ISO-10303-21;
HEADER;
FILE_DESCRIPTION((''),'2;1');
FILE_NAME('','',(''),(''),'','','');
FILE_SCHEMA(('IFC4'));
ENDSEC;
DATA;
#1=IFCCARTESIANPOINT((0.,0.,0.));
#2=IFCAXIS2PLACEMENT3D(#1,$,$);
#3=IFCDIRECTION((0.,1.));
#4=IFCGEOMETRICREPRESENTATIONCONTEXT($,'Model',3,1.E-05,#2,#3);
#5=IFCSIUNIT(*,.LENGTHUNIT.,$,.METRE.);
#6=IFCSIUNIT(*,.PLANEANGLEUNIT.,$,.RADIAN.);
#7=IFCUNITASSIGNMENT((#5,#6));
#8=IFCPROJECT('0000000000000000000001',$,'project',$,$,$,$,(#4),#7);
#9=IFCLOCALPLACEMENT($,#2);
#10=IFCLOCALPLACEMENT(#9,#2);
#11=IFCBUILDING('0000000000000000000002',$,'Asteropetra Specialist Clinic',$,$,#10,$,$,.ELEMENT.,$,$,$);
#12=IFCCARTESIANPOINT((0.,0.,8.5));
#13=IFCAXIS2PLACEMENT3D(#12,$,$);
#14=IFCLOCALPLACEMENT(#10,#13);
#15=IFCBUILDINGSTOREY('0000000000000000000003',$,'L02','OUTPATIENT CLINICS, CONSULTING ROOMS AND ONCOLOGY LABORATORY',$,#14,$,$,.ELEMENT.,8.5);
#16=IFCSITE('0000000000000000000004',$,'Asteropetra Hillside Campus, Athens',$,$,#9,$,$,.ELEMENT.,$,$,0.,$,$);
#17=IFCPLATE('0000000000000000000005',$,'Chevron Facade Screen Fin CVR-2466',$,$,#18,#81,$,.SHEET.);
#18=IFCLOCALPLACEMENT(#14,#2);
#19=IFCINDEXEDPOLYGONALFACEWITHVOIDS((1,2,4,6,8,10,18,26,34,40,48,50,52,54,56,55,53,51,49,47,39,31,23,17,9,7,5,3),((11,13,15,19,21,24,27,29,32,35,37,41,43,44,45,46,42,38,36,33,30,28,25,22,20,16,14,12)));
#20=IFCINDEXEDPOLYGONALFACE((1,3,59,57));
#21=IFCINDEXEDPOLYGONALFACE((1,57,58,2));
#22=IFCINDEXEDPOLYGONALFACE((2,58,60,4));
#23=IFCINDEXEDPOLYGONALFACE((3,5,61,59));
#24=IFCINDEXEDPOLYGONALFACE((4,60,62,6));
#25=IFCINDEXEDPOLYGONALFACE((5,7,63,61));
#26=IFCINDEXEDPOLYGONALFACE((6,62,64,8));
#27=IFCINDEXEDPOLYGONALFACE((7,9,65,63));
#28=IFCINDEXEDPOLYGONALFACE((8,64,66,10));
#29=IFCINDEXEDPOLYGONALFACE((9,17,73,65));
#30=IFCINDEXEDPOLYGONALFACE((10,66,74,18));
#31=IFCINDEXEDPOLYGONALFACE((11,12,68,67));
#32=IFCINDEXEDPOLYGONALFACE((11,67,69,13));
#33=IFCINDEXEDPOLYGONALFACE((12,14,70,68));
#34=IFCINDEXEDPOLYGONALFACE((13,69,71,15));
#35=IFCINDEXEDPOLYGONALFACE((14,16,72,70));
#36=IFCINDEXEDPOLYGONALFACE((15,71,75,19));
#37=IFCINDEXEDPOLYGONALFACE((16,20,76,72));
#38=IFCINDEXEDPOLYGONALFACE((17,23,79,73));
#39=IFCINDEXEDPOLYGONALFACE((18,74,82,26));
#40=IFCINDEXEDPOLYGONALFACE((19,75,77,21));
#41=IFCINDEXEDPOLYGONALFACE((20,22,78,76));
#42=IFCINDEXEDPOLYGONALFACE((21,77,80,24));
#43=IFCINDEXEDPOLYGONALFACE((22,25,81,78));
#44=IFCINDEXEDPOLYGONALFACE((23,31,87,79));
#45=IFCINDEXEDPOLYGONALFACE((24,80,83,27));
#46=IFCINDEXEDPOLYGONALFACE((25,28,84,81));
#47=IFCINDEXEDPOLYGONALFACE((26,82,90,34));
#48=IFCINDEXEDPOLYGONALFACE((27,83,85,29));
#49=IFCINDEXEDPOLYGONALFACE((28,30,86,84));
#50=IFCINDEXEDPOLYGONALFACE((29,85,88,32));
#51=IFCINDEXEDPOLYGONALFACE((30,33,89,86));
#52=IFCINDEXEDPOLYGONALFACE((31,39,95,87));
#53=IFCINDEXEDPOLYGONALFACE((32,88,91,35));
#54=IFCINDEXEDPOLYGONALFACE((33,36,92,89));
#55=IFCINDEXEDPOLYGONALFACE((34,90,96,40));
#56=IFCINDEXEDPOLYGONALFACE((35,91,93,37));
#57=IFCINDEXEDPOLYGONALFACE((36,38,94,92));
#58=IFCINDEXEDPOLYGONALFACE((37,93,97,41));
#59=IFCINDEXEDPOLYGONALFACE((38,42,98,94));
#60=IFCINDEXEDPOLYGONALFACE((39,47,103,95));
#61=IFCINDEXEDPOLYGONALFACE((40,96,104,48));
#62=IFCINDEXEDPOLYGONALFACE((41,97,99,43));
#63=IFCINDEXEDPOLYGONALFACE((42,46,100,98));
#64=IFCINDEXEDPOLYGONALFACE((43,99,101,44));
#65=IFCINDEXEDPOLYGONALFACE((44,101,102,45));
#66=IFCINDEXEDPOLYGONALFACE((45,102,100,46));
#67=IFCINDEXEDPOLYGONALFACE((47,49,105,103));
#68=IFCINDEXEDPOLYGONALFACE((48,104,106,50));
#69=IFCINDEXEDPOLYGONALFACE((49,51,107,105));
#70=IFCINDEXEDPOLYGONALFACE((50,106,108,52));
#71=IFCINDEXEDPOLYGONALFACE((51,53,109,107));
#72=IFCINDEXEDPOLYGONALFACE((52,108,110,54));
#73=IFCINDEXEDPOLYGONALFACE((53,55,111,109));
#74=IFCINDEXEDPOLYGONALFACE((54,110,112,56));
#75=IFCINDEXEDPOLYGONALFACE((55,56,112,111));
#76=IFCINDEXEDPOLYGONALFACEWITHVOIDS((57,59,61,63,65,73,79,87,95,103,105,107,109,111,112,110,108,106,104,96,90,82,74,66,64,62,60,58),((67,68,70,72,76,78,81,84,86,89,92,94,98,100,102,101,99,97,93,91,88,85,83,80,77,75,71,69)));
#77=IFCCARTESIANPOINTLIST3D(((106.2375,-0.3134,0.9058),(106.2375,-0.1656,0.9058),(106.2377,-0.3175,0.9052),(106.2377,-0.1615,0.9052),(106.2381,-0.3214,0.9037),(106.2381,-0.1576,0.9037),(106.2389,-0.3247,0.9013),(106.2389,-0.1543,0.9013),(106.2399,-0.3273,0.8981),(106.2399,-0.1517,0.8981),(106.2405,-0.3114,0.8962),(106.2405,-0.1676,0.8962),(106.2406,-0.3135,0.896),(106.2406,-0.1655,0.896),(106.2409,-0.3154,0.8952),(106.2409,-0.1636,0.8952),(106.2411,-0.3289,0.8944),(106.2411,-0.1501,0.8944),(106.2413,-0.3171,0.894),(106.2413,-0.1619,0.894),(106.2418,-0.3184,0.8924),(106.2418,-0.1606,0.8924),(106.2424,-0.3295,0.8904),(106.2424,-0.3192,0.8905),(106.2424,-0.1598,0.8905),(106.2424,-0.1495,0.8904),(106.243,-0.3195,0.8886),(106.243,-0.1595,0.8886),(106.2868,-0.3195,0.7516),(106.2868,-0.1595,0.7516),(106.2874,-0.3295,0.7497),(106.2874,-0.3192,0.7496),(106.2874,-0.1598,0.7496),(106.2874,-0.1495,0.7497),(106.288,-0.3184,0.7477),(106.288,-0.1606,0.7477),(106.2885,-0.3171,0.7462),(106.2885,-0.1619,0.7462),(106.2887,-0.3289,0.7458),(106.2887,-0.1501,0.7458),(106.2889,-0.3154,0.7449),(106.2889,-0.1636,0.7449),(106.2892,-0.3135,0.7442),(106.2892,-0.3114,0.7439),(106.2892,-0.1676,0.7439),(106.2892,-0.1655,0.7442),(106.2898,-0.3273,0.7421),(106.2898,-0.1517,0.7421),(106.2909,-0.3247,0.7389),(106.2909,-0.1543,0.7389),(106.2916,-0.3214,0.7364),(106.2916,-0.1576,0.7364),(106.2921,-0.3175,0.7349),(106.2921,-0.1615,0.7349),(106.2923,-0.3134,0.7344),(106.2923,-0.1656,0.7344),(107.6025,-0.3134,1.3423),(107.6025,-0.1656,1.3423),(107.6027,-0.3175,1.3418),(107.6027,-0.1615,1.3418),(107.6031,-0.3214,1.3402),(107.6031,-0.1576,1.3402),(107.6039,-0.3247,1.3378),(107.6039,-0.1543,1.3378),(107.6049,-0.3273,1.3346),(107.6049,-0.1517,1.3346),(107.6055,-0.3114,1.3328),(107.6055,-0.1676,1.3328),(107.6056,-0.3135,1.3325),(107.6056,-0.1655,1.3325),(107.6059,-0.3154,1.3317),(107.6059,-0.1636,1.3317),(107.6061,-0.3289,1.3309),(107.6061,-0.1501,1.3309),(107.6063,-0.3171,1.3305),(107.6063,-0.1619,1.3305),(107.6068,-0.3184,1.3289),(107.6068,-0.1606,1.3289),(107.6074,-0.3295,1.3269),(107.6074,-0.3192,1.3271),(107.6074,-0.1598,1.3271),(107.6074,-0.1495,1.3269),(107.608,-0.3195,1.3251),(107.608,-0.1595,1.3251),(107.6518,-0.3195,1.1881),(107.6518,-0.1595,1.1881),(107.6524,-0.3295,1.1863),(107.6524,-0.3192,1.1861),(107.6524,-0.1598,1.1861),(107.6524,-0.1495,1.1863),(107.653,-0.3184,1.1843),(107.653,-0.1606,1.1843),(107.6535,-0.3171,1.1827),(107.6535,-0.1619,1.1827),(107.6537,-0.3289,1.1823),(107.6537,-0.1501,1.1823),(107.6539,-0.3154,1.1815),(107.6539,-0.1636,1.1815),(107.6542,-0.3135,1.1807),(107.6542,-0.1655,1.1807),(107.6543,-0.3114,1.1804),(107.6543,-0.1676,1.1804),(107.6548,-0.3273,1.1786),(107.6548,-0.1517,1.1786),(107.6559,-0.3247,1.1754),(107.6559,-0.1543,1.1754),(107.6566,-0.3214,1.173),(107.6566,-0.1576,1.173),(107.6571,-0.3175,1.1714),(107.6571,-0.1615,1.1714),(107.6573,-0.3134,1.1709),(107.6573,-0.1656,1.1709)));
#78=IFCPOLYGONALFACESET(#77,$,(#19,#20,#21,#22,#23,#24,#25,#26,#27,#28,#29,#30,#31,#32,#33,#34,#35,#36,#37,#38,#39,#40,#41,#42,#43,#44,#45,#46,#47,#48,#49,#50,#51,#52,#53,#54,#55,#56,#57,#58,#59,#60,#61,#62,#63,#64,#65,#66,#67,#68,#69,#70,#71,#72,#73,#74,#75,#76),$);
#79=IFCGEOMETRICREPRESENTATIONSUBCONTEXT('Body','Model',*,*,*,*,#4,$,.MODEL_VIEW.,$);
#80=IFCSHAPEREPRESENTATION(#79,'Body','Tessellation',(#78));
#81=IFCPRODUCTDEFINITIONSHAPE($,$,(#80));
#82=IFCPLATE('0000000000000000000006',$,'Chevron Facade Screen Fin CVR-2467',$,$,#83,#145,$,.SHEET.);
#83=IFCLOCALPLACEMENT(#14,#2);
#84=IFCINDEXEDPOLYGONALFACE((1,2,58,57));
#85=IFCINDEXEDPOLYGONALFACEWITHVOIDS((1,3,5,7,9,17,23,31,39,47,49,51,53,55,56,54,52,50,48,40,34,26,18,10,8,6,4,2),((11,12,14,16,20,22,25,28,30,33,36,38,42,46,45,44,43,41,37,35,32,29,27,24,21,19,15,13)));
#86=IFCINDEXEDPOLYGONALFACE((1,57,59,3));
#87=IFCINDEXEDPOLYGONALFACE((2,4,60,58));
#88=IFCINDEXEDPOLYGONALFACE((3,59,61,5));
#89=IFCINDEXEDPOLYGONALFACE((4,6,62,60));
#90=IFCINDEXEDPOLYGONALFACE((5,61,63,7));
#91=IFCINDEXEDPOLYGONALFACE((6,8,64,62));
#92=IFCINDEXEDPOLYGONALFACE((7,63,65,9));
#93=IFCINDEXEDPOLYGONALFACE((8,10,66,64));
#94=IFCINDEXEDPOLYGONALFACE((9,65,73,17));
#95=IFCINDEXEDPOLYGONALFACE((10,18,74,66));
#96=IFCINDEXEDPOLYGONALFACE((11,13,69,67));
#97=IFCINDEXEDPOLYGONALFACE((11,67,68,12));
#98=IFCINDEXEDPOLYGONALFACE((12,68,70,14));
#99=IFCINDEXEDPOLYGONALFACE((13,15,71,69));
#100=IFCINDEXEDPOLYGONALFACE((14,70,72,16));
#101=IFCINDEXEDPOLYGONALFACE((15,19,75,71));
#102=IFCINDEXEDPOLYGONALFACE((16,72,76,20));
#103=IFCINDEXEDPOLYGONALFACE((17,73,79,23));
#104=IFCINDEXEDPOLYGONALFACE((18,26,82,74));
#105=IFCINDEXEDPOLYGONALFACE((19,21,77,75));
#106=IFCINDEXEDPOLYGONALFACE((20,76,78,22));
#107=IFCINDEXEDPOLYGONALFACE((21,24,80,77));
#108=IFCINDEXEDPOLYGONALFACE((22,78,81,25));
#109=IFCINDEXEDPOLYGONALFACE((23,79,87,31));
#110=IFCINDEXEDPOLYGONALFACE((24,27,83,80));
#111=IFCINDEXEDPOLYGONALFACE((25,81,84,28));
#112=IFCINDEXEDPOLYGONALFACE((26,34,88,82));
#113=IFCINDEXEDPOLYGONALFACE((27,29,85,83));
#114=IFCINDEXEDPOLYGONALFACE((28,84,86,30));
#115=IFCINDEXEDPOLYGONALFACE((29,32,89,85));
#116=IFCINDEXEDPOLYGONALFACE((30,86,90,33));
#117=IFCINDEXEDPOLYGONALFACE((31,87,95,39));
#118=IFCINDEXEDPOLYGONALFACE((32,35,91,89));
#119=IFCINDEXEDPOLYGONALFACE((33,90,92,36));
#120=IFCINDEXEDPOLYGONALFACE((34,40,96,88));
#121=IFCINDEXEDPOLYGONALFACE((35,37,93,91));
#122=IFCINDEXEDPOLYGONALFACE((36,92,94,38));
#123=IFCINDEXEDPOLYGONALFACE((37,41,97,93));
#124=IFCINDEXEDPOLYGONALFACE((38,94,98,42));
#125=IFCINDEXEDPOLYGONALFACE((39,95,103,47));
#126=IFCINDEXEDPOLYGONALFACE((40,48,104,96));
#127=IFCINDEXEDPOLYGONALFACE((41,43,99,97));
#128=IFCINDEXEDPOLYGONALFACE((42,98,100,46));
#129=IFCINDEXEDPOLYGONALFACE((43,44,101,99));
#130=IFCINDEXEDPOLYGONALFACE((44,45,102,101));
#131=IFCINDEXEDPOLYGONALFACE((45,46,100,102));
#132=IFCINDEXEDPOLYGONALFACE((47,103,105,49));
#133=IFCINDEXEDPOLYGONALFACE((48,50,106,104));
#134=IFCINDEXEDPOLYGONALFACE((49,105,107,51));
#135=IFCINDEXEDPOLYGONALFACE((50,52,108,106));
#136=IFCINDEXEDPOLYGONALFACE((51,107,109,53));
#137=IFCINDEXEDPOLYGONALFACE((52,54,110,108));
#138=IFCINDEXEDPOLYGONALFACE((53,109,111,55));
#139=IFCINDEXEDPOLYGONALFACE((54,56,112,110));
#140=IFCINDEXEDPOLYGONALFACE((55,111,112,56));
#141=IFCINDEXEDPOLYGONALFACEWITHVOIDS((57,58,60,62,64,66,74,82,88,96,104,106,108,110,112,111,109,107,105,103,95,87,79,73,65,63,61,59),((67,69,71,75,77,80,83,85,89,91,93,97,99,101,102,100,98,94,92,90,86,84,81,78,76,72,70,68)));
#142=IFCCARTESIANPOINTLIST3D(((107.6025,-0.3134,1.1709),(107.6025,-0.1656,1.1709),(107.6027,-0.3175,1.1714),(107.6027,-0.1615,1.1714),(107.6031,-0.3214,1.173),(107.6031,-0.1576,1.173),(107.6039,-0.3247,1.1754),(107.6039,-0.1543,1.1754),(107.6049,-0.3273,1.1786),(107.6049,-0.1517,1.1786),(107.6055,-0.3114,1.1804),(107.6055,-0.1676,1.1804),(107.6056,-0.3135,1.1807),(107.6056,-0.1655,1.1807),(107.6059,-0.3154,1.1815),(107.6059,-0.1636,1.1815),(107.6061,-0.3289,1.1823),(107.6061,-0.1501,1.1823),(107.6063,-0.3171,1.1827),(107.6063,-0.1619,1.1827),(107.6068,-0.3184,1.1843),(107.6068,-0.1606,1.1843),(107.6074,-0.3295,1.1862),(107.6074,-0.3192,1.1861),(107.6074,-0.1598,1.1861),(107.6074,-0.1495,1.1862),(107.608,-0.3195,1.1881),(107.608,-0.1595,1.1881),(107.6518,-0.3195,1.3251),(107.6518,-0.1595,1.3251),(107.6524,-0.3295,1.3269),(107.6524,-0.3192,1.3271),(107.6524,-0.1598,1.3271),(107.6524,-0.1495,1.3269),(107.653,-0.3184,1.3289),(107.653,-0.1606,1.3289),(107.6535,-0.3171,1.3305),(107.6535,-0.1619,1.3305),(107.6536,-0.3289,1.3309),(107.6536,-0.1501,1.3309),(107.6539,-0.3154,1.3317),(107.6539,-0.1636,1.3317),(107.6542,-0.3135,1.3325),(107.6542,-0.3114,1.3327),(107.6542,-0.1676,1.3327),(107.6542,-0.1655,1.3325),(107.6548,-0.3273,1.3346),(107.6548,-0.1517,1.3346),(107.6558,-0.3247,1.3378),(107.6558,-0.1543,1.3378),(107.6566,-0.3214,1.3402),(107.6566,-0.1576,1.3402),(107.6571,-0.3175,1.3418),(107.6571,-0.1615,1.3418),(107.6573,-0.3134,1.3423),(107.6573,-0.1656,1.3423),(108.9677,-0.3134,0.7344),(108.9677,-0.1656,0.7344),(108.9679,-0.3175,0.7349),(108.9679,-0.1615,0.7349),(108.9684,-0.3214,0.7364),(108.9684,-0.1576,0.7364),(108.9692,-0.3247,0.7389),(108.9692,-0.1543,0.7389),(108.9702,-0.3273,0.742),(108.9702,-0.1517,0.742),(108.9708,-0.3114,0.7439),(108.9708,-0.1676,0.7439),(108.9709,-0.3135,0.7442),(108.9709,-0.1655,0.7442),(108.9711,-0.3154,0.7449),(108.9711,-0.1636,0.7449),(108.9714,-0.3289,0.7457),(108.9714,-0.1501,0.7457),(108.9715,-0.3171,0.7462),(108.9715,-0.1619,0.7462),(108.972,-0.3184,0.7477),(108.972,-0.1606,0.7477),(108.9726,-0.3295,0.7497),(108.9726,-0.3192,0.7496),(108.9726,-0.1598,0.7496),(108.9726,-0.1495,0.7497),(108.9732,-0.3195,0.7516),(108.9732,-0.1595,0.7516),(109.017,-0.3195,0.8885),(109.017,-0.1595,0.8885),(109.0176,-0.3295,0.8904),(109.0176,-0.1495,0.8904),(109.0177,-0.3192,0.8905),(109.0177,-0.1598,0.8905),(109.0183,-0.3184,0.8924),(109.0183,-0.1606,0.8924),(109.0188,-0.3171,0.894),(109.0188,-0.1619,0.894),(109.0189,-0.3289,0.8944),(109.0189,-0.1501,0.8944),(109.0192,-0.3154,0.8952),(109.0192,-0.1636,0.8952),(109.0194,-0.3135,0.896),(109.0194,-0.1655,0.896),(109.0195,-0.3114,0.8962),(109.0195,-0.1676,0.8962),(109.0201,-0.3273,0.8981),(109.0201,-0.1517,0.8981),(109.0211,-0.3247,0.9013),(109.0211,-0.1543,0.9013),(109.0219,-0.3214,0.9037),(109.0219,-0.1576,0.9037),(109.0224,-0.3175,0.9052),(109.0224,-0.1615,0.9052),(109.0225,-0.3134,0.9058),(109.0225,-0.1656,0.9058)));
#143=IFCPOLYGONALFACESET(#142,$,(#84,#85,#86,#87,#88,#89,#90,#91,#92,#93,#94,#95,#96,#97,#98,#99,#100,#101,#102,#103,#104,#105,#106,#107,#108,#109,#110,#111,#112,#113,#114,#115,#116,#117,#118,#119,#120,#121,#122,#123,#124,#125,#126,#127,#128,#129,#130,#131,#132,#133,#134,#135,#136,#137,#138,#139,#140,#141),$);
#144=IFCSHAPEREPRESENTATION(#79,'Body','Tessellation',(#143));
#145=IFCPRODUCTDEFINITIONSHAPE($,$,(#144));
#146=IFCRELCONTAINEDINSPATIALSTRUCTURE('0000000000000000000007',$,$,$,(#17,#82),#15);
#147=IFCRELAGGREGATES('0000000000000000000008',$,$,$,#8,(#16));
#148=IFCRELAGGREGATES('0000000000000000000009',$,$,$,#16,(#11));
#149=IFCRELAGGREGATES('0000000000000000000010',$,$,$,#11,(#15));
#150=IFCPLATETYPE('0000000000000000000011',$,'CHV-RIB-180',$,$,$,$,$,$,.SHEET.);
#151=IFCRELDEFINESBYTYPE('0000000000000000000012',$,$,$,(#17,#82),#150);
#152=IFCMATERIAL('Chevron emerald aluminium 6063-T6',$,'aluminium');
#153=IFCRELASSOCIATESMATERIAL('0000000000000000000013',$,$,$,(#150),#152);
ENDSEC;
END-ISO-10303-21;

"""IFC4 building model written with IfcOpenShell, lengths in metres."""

from ifc_helpers import new_model, si_unit, direction, frame, origin, origin_2d, place, context, subcontext, project, spatial, hollow_rectangle, extrude, material, material_profile, profile_set, type_object, element, save


model = new_model("IFC4")

# Units and contexts
model_context = context("Model", 3, precision=1e-05, world=origin(), true_north=direction((0.0, 1.0)))
body_context = subcontext(model_context, "Body", "Model", "MODEL_VIEW")
ifc_project = project(units=[si_unit("LENGTHUNIT", "METRE"), si_unit("PLANEANGLEUNIT", "RADIAN")], contexts=[model_context])

# Site, building, storey
site_placement = place(None, origin())
site = spatial("IfcSite", under=ifc_project, at=site_placement, Name="Asteropetra Hillside Campus, Athens", CompositionType="ELEMENT", RefElevation=0.0)
building_placement = place(site_placement, origin())
building = spatial("IfcBuilding", under=site, at=building_placement, Name="Asteropetra Specialist Clinic", CompositionType="ELEMENT")
storey_placement = place(building_placement, frame((0.0, 0.0, 8.5)))
storey = spatial("IfcBuildingStorey", under=building, at=storey_placement, Name="L02", Description="OUTPATIENT CLINICS, CONSULTING ROOMS AND ONCOLOGY LABORATORY", CompositionType="ELEMENT", Elevation=8.5)

# Plates
ifc_material_1 = material(Name="Chevron emerald aluminium 6063-T6", Category="aluminium")
ifc_material_profile_1 = material_profile(ifc_material_1, hollow_rectangle(XDim=0.1799, YDim=0.1799, WallThickness=0.01, InnerFilletRadius=0.0081, OuterFilletRadius=0.0161, at=origin_2d()), Name="SHS 180x180x10.0")
ifc_profile_set_1 = profile_set([ifc_material_profile_1], Name="Chevron emerald aluminium 6063-T6")
plate_type = type_object("IfcPlateType", Name="CHV-RIB-180", PredefinedType="SHEET", material=ifc_profile_set_1)
plate_1_placement = place(storey_placement, frame((106.2649, -0.2395, 0.8201), z_axis=(0.95248, 0.0, 0.304603), x_axis=(0.0, 1.0, 0.0)))
element("IfcPlate", 1, at=plate_1_placement, inside=storey, type_object=plate_type, Name="Chevron Facade Screen Fin CVR-2466", PredefinedType="SHEET", context=body_context, shape_type="SweptSolid", body=[
    extrude(hollow_rectangle(XDim=0.1799, YDim=0.1799, WallThickness=0.01, InnerFilletRadius=0.0081, OuterFilletRadius=0.0161, at=origin_2d()), origin(), (0.0, 0.0, 1.0), 1.4331),
])
plate_2_placement = place(storey_placement, frame((107.6299, -0.2395, 1.2566), z_axis=(0.952495, 0.0, -0.304553), x_axis=(0.0, 1.0, 0.0)))
element("IfcPlate", 2, at=plate_2_placement, inside=storey, type_object=plate_type, Name="Chevron Facade Screen Fin CVR-2467", PredefinedType="SHEET", context=body_context, shape_type="SweptSolid", body=[
    extrude(hollow_rectangle(XDim=0.1799, YDim=0.1799, WallThickness=0.01, InnerFilletRadius=0.0081, OuterFilletRadius=0.0161, at=origin_2d()), origin(), (0.0, 0.0, 1.0), 1.4333),
])

save(model, "model.ifc")
